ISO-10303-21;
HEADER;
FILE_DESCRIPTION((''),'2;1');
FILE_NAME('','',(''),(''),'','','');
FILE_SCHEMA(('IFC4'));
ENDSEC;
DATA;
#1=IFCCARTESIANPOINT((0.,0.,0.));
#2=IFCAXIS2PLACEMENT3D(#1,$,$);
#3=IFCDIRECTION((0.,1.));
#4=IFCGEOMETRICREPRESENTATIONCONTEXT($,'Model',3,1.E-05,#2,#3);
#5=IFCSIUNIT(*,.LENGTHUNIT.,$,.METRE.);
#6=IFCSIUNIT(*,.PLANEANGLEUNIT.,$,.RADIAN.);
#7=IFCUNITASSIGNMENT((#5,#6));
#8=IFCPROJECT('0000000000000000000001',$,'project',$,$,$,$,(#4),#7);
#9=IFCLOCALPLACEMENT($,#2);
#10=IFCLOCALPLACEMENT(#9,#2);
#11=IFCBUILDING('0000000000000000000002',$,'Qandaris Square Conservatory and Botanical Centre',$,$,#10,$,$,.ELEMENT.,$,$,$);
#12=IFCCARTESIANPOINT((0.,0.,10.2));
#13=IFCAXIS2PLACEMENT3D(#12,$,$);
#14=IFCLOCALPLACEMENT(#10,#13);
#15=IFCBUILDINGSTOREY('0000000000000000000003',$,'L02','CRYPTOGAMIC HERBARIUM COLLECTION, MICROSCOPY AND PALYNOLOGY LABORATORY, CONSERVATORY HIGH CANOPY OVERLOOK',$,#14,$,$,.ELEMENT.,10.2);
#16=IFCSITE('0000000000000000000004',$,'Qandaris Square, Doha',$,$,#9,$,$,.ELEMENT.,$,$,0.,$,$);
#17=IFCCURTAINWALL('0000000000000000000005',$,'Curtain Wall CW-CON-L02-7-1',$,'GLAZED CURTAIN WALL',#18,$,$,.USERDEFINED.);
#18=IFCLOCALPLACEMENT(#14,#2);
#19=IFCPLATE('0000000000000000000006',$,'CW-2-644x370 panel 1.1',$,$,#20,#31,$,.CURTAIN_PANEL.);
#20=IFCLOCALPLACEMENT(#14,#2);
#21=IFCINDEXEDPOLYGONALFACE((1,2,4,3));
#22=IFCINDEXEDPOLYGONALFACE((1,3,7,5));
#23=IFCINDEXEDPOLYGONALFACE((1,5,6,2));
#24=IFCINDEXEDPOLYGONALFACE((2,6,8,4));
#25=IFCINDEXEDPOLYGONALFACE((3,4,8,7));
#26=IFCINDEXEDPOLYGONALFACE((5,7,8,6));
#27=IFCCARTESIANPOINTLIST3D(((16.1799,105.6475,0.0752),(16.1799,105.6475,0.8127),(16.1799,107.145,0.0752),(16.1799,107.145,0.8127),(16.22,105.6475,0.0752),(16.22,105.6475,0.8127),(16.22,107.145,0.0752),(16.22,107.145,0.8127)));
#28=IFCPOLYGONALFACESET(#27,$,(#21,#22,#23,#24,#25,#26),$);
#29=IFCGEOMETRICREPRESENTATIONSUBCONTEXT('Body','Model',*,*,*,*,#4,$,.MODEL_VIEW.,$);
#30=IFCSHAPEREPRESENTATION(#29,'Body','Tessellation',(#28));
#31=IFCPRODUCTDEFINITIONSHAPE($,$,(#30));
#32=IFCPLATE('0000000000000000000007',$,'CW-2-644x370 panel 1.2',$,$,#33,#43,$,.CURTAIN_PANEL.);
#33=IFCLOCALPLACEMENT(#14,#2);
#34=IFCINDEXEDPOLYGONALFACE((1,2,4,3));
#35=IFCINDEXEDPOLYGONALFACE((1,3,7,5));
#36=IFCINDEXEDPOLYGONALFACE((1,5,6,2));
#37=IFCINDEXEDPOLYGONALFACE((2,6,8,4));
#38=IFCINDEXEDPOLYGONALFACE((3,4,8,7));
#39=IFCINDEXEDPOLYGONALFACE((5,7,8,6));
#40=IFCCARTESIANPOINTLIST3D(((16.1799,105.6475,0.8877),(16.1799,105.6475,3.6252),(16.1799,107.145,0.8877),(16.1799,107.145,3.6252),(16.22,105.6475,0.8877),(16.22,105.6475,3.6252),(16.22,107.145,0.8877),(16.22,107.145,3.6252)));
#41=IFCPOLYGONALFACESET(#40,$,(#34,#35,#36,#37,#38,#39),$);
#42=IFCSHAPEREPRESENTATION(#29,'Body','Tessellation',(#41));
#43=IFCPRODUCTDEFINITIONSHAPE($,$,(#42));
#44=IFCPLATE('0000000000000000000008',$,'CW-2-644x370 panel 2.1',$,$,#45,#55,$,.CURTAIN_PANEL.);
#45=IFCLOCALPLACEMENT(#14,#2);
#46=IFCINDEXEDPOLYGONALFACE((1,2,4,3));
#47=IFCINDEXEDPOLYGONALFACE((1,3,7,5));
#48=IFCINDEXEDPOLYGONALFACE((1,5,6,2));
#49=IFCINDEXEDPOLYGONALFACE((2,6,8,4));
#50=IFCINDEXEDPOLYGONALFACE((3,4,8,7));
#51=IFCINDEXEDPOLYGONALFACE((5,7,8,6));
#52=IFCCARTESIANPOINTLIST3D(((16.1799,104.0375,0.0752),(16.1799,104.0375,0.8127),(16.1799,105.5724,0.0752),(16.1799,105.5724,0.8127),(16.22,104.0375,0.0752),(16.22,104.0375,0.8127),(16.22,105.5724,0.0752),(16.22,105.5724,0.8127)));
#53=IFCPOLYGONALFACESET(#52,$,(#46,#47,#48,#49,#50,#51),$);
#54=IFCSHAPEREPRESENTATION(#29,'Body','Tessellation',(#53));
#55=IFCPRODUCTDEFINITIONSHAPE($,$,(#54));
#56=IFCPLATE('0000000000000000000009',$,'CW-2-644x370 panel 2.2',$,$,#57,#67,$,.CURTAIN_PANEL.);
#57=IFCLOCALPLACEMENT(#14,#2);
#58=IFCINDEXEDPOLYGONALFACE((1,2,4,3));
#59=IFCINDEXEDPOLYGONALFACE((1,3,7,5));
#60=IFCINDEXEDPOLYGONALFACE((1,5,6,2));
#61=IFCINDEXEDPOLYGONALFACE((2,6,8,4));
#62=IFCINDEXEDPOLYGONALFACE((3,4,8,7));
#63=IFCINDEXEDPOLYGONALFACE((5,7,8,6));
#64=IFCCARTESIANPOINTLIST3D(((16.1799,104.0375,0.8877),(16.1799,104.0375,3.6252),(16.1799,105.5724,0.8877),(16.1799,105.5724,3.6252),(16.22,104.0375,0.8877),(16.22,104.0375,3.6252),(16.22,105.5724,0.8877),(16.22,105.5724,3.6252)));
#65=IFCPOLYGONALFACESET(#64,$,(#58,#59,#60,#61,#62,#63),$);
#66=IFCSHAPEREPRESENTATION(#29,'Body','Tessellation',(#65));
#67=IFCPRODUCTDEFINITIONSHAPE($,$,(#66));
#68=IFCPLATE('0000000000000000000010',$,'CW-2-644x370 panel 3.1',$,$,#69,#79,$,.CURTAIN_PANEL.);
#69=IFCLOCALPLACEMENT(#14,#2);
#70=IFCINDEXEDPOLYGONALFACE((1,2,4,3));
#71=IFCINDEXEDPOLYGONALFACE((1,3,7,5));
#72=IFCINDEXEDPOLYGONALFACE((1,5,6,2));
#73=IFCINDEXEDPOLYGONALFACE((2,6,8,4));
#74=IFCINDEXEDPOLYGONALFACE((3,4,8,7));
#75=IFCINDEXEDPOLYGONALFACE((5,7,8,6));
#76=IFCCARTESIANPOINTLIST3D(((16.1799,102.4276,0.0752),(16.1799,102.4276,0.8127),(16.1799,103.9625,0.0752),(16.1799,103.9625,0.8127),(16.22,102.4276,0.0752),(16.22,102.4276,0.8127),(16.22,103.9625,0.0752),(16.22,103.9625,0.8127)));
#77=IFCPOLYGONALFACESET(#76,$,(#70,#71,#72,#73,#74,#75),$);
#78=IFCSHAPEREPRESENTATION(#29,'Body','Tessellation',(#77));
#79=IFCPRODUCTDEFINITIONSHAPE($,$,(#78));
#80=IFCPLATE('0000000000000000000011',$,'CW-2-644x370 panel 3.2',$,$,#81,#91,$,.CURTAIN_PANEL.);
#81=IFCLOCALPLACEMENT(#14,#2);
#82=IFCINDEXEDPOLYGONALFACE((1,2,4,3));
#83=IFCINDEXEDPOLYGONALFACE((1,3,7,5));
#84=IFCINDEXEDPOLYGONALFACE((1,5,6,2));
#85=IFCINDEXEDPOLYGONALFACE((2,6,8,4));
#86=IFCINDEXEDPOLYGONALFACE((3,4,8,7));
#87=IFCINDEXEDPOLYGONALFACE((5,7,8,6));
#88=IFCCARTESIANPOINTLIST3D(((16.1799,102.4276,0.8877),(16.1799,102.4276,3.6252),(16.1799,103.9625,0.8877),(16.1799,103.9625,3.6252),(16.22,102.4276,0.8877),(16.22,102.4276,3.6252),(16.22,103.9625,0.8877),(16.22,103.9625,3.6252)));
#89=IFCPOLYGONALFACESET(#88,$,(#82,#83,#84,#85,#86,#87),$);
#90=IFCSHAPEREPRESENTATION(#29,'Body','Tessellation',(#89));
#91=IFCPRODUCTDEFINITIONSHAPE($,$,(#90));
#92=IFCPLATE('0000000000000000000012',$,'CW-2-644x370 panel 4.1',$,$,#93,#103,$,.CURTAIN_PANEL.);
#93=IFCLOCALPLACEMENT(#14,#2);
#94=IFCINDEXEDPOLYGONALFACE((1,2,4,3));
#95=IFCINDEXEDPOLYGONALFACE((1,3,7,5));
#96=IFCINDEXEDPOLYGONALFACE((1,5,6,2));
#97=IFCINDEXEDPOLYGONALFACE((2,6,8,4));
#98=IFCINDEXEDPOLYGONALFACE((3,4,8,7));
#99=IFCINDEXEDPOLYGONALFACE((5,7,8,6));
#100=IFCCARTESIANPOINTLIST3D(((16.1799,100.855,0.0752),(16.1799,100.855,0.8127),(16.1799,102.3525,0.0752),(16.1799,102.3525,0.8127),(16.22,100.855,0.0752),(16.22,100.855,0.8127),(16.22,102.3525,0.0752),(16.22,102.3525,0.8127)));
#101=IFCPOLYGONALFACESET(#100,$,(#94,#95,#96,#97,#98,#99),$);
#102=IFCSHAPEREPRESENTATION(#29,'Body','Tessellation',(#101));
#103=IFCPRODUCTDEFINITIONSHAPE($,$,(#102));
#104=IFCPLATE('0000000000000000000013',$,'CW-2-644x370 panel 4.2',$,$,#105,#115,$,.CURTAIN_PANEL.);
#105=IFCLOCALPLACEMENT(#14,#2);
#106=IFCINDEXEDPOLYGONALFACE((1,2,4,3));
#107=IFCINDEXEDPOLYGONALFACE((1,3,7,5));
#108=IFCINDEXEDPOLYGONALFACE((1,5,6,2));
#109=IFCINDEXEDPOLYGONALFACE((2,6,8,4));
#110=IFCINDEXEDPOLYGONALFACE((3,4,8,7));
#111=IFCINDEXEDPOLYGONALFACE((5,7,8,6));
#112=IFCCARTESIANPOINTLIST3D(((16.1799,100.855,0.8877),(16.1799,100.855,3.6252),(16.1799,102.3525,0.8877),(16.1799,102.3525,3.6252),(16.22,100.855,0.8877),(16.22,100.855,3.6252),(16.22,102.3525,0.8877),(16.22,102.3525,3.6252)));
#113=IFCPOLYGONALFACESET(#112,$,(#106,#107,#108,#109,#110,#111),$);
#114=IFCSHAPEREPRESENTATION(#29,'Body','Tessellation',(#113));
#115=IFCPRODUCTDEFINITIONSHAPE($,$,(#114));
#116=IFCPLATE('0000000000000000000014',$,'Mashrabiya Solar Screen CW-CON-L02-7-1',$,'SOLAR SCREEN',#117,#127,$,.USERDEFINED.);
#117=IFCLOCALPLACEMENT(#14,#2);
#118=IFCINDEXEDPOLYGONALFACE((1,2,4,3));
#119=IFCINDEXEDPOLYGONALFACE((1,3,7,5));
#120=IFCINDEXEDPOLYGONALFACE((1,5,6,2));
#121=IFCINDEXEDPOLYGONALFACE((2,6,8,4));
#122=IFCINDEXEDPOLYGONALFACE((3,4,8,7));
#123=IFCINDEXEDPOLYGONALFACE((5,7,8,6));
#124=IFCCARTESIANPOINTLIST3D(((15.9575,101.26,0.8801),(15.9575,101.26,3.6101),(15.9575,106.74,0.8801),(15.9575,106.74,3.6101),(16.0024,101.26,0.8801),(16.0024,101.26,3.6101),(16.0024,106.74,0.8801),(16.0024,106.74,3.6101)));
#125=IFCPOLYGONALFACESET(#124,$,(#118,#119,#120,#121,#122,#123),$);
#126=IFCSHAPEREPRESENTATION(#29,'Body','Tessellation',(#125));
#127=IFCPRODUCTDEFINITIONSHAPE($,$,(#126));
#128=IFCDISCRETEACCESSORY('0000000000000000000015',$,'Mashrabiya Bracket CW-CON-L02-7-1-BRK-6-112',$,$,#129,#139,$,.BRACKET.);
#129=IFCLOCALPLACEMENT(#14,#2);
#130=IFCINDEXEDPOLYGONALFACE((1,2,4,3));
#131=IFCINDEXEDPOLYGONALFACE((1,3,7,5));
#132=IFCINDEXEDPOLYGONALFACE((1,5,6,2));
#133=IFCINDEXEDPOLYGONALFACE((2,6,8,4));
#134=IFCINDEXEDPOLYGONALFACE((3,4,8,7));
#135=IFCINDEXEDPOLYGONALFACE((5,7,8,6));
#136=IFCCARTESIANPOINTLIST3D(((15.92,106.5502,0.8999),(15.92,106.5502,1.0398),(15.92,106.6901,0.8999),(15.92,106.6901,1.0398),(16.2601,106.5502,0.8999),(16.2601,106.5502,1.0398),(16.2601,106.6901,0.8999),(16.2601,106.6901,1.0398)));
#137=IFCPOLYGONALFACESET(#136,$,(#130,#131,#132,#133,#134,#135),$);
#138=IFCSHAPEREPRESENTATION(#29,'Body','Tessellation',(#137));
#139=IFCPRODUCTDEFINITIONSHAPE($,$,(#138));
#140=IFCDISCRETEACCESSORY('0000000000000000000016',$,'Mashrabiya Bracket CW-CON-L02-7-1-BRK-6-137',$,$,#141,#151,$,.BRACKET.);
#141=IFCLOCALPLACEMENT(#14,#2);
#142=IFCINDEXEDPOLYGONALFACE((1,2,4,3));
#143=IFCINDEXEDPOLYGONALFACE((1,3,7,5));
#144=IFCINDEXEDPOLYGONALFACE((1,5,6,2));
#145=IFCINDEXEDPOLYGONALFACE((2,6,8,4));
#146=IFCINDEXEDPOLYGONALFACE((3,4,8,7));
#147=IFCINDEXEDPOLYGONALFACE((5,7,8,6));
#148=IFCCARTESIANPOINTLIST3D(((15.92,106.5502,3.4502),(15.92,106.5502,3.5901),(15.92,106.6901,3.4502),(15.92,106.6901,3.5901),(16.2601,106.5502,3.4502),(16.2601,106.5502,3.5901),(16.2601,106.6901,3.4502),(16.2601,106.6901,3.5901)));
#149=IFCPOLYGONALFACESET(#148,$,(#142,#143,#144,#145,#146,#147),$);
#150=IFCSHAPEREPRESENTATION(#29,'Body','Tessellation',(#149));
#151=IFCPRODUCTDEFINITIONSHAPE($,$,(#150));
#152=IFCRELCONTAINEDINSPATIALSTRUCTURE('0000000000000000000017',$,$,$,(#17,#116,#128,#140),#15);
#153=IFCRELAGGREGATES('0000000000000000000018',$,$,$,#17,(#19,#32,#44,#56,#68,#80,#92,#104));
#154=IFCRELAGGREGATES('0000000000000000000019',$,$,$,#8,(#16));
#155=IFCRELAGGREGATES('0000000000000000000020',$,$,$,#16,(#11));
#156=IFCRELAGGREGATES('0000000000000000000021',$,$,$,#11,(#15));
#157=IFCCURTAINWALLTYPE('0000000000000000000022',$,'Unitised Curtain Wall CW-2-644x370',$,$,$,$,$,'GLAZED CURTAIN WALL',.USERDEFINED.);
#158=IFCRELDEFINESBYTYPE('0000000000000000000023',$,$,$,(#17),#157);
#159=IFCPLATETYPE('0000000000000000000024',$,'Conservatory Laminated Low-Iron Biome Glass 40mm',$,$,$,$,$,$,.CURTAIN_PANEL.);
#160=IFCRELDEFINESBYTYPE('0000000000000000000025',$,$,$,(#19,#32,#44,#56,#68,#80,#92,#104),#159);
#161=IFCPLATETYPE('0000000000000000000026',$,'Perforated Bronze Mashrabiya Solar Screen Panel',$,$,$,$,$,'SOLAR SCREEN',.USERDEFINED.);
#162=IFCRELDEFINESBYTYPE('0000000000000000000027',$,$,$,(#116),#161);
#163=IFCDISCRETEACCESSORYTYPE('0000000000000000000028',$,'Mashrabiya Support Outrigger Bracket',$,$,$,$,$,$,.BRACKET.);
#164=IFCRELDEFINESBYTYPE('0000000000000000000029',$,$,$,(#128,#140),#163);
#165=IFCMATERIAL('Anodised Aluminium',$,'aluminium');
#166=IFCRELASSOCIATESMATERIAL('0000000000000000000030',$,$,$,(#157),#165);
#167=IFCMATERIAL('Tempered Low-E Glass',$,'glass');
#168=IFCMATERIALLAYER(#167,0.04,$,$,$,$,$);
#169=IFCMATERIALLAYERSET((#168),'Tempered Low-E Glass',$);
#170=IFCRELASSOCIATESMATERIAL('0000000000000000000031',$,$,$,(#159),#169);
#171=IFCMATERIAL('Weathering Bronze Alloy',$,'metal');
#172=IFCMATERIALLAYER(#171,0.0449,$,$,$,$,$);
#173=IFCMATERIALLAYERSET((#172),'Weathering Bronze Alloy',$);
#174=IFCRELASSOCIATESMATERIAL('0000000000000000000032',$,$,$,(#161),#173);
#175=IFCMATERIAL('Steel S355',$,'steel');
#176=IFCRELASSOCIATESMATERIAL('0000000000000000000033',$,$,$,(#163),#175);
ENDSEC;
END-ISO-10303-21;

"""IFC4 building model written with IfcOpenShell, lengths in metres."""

from ifc_helpers import new_model, si_unit, direction, frame, origin, origin_2d, place, context, subcontext, project, spatial, rectangle, extrude, material, layer, layer_set, type_object, element, aggregate, save


model = new_model("IFC4")

# Units and contexts
model_context = context("Model", 3, precision=1e-05, world=origin(), true_north=direction((0.0, 1.0)))
body_context = subcontext(model_context, "Body", "Model", "MODEL_VIEW")
ifc_project = project(units=[si_unit("LENGTHUNIT", "METRE"), si_unit("PLANEANGLEUNIT", "RADIAN")], contexts=[model_context])

# Site, building, storey
site_placement = place(None, origin())
site = spatial("IfcSite", under=ifc_project, at=site_placement, Name="Qandaris Square, Doha", CompositionType="ELEMENT", RefElevation=0.0)
building_placement = place(site_placement, origin())
building = spatial("IfcBuilding", under=site, at=building_placement, Name="Qandaris Square Conservatory and Botanical Centre", CompositionType="ELEMENT")
storey_placement = place(building_placement, frame((0.0, 0.0, 10.2)))
storey = spatial("IfcBuildingStorey", under=building, at=storey_placement, Name="L02", Description="CRYPTOGAMIC HERBARIUM COLLECTION, MICROSCOPY AND PALYNOLOGY LABORATORY, CONSERVATORY HIGH CANOPY OVERLOOK", CompositionType="ELEMENT", Elevation=10.2)

# Curtain wall, plates
ifc_material_1 = material(Name="Anodised Aluminium", Category="aluminium")
curtain_wall_type = type_object("IfcCurtainWallType", Name="Unitised Curtain Wall CW-2-644x370", ElementType="GLAZED CURTAIN WALL", PredefinedType="USERDEFINED", material=ifc_material_1)
curtain_wall_placement = place(storey_placement, origin())
curtain_wall = element("IfcCurtainWall", 1, at=curtain_wall_placement, inside=storey, type_object=curtain_wall_type, Name="Curtain Wall CW-CON-L02-7-1", ObjectType="GLAZED CURTAIN WALL", PredefinedType="USERDEFINED")
ifc_material_2 = material(Name="Tempered Low-E Glass", Category="glass")
ifc_layer_1 = layer(ifc_material_2, 0.04)
ifc_layer_set_1 = layer_set([ifc_layer_1], Name="Tempered Low-E Glass")
plate_type_1 = type_object("IfcPlateType", Name="Conservatory Laminated Low-Iron Biome Glass 40mm", PredefinedType="CURTAIN_PANEL", material=ifc_layer_set_1)
plate_1_placement = place(storey_placement, frame((16.2, 106.3962, 0.0752), z_axis=(0.0, 0.0, 1.0), x_axis=(0.0, -1.0, 0.0)))
plate_1 = element("IfcPlate", 2, at=plate_1_placement, type_object=plate_type_1, Name="CW-2-644x370 panel 1.1", PredefinedType="CURTAIN_PANEL", context=body_context, shape_type="SweptSolid", body=[
    extrude(rectangle(XDim=1.4976, YDim=0.04, at=origin_2d()), origin(), (0.0, 0.0, 1.0), 0.7375),
])
plate_2_placement = place(storey_placement, frame((16.2, 106.3962, 0.8877), z_axis=(0.0, 0.0, 1.0), x_axis=(0.0, -1.0, 0.0)))
plate_2 = element("IfcPlate", 3, at=plate_2_placement, type_object=plate_type_1, Name="CW-2-644x370 panel 1.2", PredefinedType="CURTAIN_PANEL", context=body_context, shape_type="SweptSolid", body=[
    extrude(rectangle(XDim=1.4976, YDim=0.04, at=origin_2d()), origin(), (0.0, 0.0, 1.0), 2.7375),
])
plate_3_placement = place(storey_placement, frame((16.2, 104.8049, 0.0752), z_axis=(0.0, 0.0, 1.0), x_axis=(0.0, -1.0, 0.0)))
plate_3 = element("IfcPlate", 4, at=plate_3_placement, type_object=plate_type_1, Name="CW-2-644x370 panel 2.1", PredefinedType="CURTAIN_PANEL", context=body_context, shape_type="SweptSolid", body=[
    extrude(rectangle(XDim=1.5349, YDim=0.04, at=origin_2d()), origin(), (0.0, 0.0, 1.0), 0.7375),
])
plate_4_placement = place(storey_placement, frame((16.2, 104.8049, 0.8877), z_axis=(0.0, 0.0, 1.0), x_axis=(0.0, -1.0, 0.0)))
plate_4 = element("IfcPlate", 5, at=plate_4_placement, type_object=plate_type_1, Name="CW-2-644x370 panel 2.2", PredefinedType="CURTAIN_PANEL", context=body_context, shape_type="SweptSolid", body=[
    extrude(rectangle(XDim=1.5349, YDim=0.04, at=origin_2d()), origin(), (0.0, 0.0, 1.0), 2.7375),
])
plate_5_placement = place(storey_placement, frame((16.2, 103.1951, 0.0752), z_axis=(0.0, 0.0, 1.0), x_axis=(0.0, -1.0, 0.0)))
plate_5 = element("IfcPlate", 6, at=plate_5_placement, type_object=plate_type_1, Name="CW-2-644x370 panel 3.1", PredefinedType="CURTAIN_PANEL", context=body_context, shape_type="SweptSolid", body=[
    extrude(rectangle(XDim=1.5349, YDim=0.04, at=origin_2d()), origin(), (0.0, 0.0, 1.0), 0.7375),
])
plate_6_placement = place(storey_placement, frame((16.2, 103.1951, 0.8877), z_axis=(0.0, 0.0, 1.0), x_axis=(0.0, -1.0, 0.0)))
plate_6 = element("IfcPlate", 7, at=plate_6_placement, type_object=plate_type_1, Name="CW-2-644x370 panel 3.2", PredefinedType="CURTAIN_PANEL", context=body_context, shape_type="SweptSolid", body=[
    extrude(rectangle(XDim=1.5349, YDim=0.04, at=origin_2d()), origin(), (0.0, 0.0, 1.0), 2.7375),
])
plate_7_placement = place(storey_placement, frame((16.2, 101.6038, 0.0752), z_axis=(0.0, 0.0, 1.0), x_axis=(0.0, -1.0, 0.0)))
plate_7 = element("IfcPlate", 8, at=plate_7_placement, type_object=plate_type_1, Name="CW-2-644x370 panel 4.1", PredefinedType="CURTAIN_PANEL", context=body_context, shape_type="SweptSolid", body=[
    extrude(rectangle(XDim=1.4976, YDim=0.04, at=origin_2d()), origin(), (0.0, 0.0, 1.0), 0.7375),
])
plate_8_placement = place(storey_placement, frame((16.2, 101.6038, 0.8877), z_axis=(0.0, 0.0, 1.0), x_axis=(0.0, -1.0, 0.0)))
plate_8 = element("IfcPlate", 9, at=plate_8_placement, type_object=plate_type_1, Name="CW-2-644x370 panel 4.2", PredefinedType="CURTAIN_PANEL", context=body_context, shape_type="SweptSolid", body=[
    extrude(rectangle(XDim=1.4976, YDim=0.04, at=origin_2d()), origin(), (0.0, 0.0, 1.0), 2.7375),
])
aggregate(curtain_wall, [plate_1, plate_2, plate_3, plate_4, plate_5, plate_6, plate_7, plate_8])

# Plate
ifc_material_3 = material(Name="Weathering Bronze Alloy", Category="metal")
ifc_layer_2 = layer(ifc_material_3, 0.0449)
ifc_layer_set_2 = layer_set([ifc_layer_2], Name="Weathering Bronze Alloy")
plate_type_2 = type_object("IfcPlateType", Name="Perforated Bronze Mashrabiya Solar Screen Panel", ElementType="SOLAR SCREEN", PredefinedType="USERDEFINED", material=ifc_layer_set_2)
plate_9_placement = place(storey_placement, frame((15.98, 104.0, 0.8801), z_axis=(0.0, 0.0, 1.0), x_axis=(0.0, -1.0, 0.0)))
element("IfcPlate", 10, at=plate_9_placement, inside=storey, type_object=plate_type_2, Name="Mashrabiya Solar Screen CW-CON-L02-7-1", ObjectType="SOLAR SCREEN", PredefinedType="USERDEFINED", context=body_context, shape_type="SweptSolid", body=[
    extrude(rectangle(XDim=5.48, YDim=0.0449, at=origin_2d()), origin(), (0.0, 0.0, 1.0), 2.73),
])

# Discrete accessories
ifc_material_4 = material(Name="Steel S355", Category="steel")
discrete_accessory_type = type_object("IfcDiscreteAccessoryType", Name="Mashrabiya Support Outrigger Bracket", PredefinedType="BRACKET", material=ifc_material_4)
for number, where, z_axis, x_axis, name in (
    (11, (16.0901, 106.6201, 0.8999), (0.0, 0.0, 1.0), (0.0, -1.0, 0.0), "Mashrabiya Bracket CW-CON-L02-7-1-BRK-6-112"),
    (12, (16.0901, 106.6201, 3.4502), (0.0, 0.0, 1.0), (0.0, -1.0, 0.0), "Mashrabiya Bracket CW-CON-L02-7-1-BRK-6-137"),
):
    element("IfcDiscreteAccessory", number, at=place(storey_placement, frame(where, z_axis=z_axis, x_axis=x_axis)), inside=storey, type_object=discrete_accessory_type, Name=name, PredefinedType="BRACKET", context=body_context, shape_type="SweptSolid", body=[
        extrude(rectangle(XDim=0.1399, YDim=0.3401, at=origin_2d()), origin(), (0.0, 0.0, 1.0), 0.1399),
    ])

save(model, "model.ifc")
